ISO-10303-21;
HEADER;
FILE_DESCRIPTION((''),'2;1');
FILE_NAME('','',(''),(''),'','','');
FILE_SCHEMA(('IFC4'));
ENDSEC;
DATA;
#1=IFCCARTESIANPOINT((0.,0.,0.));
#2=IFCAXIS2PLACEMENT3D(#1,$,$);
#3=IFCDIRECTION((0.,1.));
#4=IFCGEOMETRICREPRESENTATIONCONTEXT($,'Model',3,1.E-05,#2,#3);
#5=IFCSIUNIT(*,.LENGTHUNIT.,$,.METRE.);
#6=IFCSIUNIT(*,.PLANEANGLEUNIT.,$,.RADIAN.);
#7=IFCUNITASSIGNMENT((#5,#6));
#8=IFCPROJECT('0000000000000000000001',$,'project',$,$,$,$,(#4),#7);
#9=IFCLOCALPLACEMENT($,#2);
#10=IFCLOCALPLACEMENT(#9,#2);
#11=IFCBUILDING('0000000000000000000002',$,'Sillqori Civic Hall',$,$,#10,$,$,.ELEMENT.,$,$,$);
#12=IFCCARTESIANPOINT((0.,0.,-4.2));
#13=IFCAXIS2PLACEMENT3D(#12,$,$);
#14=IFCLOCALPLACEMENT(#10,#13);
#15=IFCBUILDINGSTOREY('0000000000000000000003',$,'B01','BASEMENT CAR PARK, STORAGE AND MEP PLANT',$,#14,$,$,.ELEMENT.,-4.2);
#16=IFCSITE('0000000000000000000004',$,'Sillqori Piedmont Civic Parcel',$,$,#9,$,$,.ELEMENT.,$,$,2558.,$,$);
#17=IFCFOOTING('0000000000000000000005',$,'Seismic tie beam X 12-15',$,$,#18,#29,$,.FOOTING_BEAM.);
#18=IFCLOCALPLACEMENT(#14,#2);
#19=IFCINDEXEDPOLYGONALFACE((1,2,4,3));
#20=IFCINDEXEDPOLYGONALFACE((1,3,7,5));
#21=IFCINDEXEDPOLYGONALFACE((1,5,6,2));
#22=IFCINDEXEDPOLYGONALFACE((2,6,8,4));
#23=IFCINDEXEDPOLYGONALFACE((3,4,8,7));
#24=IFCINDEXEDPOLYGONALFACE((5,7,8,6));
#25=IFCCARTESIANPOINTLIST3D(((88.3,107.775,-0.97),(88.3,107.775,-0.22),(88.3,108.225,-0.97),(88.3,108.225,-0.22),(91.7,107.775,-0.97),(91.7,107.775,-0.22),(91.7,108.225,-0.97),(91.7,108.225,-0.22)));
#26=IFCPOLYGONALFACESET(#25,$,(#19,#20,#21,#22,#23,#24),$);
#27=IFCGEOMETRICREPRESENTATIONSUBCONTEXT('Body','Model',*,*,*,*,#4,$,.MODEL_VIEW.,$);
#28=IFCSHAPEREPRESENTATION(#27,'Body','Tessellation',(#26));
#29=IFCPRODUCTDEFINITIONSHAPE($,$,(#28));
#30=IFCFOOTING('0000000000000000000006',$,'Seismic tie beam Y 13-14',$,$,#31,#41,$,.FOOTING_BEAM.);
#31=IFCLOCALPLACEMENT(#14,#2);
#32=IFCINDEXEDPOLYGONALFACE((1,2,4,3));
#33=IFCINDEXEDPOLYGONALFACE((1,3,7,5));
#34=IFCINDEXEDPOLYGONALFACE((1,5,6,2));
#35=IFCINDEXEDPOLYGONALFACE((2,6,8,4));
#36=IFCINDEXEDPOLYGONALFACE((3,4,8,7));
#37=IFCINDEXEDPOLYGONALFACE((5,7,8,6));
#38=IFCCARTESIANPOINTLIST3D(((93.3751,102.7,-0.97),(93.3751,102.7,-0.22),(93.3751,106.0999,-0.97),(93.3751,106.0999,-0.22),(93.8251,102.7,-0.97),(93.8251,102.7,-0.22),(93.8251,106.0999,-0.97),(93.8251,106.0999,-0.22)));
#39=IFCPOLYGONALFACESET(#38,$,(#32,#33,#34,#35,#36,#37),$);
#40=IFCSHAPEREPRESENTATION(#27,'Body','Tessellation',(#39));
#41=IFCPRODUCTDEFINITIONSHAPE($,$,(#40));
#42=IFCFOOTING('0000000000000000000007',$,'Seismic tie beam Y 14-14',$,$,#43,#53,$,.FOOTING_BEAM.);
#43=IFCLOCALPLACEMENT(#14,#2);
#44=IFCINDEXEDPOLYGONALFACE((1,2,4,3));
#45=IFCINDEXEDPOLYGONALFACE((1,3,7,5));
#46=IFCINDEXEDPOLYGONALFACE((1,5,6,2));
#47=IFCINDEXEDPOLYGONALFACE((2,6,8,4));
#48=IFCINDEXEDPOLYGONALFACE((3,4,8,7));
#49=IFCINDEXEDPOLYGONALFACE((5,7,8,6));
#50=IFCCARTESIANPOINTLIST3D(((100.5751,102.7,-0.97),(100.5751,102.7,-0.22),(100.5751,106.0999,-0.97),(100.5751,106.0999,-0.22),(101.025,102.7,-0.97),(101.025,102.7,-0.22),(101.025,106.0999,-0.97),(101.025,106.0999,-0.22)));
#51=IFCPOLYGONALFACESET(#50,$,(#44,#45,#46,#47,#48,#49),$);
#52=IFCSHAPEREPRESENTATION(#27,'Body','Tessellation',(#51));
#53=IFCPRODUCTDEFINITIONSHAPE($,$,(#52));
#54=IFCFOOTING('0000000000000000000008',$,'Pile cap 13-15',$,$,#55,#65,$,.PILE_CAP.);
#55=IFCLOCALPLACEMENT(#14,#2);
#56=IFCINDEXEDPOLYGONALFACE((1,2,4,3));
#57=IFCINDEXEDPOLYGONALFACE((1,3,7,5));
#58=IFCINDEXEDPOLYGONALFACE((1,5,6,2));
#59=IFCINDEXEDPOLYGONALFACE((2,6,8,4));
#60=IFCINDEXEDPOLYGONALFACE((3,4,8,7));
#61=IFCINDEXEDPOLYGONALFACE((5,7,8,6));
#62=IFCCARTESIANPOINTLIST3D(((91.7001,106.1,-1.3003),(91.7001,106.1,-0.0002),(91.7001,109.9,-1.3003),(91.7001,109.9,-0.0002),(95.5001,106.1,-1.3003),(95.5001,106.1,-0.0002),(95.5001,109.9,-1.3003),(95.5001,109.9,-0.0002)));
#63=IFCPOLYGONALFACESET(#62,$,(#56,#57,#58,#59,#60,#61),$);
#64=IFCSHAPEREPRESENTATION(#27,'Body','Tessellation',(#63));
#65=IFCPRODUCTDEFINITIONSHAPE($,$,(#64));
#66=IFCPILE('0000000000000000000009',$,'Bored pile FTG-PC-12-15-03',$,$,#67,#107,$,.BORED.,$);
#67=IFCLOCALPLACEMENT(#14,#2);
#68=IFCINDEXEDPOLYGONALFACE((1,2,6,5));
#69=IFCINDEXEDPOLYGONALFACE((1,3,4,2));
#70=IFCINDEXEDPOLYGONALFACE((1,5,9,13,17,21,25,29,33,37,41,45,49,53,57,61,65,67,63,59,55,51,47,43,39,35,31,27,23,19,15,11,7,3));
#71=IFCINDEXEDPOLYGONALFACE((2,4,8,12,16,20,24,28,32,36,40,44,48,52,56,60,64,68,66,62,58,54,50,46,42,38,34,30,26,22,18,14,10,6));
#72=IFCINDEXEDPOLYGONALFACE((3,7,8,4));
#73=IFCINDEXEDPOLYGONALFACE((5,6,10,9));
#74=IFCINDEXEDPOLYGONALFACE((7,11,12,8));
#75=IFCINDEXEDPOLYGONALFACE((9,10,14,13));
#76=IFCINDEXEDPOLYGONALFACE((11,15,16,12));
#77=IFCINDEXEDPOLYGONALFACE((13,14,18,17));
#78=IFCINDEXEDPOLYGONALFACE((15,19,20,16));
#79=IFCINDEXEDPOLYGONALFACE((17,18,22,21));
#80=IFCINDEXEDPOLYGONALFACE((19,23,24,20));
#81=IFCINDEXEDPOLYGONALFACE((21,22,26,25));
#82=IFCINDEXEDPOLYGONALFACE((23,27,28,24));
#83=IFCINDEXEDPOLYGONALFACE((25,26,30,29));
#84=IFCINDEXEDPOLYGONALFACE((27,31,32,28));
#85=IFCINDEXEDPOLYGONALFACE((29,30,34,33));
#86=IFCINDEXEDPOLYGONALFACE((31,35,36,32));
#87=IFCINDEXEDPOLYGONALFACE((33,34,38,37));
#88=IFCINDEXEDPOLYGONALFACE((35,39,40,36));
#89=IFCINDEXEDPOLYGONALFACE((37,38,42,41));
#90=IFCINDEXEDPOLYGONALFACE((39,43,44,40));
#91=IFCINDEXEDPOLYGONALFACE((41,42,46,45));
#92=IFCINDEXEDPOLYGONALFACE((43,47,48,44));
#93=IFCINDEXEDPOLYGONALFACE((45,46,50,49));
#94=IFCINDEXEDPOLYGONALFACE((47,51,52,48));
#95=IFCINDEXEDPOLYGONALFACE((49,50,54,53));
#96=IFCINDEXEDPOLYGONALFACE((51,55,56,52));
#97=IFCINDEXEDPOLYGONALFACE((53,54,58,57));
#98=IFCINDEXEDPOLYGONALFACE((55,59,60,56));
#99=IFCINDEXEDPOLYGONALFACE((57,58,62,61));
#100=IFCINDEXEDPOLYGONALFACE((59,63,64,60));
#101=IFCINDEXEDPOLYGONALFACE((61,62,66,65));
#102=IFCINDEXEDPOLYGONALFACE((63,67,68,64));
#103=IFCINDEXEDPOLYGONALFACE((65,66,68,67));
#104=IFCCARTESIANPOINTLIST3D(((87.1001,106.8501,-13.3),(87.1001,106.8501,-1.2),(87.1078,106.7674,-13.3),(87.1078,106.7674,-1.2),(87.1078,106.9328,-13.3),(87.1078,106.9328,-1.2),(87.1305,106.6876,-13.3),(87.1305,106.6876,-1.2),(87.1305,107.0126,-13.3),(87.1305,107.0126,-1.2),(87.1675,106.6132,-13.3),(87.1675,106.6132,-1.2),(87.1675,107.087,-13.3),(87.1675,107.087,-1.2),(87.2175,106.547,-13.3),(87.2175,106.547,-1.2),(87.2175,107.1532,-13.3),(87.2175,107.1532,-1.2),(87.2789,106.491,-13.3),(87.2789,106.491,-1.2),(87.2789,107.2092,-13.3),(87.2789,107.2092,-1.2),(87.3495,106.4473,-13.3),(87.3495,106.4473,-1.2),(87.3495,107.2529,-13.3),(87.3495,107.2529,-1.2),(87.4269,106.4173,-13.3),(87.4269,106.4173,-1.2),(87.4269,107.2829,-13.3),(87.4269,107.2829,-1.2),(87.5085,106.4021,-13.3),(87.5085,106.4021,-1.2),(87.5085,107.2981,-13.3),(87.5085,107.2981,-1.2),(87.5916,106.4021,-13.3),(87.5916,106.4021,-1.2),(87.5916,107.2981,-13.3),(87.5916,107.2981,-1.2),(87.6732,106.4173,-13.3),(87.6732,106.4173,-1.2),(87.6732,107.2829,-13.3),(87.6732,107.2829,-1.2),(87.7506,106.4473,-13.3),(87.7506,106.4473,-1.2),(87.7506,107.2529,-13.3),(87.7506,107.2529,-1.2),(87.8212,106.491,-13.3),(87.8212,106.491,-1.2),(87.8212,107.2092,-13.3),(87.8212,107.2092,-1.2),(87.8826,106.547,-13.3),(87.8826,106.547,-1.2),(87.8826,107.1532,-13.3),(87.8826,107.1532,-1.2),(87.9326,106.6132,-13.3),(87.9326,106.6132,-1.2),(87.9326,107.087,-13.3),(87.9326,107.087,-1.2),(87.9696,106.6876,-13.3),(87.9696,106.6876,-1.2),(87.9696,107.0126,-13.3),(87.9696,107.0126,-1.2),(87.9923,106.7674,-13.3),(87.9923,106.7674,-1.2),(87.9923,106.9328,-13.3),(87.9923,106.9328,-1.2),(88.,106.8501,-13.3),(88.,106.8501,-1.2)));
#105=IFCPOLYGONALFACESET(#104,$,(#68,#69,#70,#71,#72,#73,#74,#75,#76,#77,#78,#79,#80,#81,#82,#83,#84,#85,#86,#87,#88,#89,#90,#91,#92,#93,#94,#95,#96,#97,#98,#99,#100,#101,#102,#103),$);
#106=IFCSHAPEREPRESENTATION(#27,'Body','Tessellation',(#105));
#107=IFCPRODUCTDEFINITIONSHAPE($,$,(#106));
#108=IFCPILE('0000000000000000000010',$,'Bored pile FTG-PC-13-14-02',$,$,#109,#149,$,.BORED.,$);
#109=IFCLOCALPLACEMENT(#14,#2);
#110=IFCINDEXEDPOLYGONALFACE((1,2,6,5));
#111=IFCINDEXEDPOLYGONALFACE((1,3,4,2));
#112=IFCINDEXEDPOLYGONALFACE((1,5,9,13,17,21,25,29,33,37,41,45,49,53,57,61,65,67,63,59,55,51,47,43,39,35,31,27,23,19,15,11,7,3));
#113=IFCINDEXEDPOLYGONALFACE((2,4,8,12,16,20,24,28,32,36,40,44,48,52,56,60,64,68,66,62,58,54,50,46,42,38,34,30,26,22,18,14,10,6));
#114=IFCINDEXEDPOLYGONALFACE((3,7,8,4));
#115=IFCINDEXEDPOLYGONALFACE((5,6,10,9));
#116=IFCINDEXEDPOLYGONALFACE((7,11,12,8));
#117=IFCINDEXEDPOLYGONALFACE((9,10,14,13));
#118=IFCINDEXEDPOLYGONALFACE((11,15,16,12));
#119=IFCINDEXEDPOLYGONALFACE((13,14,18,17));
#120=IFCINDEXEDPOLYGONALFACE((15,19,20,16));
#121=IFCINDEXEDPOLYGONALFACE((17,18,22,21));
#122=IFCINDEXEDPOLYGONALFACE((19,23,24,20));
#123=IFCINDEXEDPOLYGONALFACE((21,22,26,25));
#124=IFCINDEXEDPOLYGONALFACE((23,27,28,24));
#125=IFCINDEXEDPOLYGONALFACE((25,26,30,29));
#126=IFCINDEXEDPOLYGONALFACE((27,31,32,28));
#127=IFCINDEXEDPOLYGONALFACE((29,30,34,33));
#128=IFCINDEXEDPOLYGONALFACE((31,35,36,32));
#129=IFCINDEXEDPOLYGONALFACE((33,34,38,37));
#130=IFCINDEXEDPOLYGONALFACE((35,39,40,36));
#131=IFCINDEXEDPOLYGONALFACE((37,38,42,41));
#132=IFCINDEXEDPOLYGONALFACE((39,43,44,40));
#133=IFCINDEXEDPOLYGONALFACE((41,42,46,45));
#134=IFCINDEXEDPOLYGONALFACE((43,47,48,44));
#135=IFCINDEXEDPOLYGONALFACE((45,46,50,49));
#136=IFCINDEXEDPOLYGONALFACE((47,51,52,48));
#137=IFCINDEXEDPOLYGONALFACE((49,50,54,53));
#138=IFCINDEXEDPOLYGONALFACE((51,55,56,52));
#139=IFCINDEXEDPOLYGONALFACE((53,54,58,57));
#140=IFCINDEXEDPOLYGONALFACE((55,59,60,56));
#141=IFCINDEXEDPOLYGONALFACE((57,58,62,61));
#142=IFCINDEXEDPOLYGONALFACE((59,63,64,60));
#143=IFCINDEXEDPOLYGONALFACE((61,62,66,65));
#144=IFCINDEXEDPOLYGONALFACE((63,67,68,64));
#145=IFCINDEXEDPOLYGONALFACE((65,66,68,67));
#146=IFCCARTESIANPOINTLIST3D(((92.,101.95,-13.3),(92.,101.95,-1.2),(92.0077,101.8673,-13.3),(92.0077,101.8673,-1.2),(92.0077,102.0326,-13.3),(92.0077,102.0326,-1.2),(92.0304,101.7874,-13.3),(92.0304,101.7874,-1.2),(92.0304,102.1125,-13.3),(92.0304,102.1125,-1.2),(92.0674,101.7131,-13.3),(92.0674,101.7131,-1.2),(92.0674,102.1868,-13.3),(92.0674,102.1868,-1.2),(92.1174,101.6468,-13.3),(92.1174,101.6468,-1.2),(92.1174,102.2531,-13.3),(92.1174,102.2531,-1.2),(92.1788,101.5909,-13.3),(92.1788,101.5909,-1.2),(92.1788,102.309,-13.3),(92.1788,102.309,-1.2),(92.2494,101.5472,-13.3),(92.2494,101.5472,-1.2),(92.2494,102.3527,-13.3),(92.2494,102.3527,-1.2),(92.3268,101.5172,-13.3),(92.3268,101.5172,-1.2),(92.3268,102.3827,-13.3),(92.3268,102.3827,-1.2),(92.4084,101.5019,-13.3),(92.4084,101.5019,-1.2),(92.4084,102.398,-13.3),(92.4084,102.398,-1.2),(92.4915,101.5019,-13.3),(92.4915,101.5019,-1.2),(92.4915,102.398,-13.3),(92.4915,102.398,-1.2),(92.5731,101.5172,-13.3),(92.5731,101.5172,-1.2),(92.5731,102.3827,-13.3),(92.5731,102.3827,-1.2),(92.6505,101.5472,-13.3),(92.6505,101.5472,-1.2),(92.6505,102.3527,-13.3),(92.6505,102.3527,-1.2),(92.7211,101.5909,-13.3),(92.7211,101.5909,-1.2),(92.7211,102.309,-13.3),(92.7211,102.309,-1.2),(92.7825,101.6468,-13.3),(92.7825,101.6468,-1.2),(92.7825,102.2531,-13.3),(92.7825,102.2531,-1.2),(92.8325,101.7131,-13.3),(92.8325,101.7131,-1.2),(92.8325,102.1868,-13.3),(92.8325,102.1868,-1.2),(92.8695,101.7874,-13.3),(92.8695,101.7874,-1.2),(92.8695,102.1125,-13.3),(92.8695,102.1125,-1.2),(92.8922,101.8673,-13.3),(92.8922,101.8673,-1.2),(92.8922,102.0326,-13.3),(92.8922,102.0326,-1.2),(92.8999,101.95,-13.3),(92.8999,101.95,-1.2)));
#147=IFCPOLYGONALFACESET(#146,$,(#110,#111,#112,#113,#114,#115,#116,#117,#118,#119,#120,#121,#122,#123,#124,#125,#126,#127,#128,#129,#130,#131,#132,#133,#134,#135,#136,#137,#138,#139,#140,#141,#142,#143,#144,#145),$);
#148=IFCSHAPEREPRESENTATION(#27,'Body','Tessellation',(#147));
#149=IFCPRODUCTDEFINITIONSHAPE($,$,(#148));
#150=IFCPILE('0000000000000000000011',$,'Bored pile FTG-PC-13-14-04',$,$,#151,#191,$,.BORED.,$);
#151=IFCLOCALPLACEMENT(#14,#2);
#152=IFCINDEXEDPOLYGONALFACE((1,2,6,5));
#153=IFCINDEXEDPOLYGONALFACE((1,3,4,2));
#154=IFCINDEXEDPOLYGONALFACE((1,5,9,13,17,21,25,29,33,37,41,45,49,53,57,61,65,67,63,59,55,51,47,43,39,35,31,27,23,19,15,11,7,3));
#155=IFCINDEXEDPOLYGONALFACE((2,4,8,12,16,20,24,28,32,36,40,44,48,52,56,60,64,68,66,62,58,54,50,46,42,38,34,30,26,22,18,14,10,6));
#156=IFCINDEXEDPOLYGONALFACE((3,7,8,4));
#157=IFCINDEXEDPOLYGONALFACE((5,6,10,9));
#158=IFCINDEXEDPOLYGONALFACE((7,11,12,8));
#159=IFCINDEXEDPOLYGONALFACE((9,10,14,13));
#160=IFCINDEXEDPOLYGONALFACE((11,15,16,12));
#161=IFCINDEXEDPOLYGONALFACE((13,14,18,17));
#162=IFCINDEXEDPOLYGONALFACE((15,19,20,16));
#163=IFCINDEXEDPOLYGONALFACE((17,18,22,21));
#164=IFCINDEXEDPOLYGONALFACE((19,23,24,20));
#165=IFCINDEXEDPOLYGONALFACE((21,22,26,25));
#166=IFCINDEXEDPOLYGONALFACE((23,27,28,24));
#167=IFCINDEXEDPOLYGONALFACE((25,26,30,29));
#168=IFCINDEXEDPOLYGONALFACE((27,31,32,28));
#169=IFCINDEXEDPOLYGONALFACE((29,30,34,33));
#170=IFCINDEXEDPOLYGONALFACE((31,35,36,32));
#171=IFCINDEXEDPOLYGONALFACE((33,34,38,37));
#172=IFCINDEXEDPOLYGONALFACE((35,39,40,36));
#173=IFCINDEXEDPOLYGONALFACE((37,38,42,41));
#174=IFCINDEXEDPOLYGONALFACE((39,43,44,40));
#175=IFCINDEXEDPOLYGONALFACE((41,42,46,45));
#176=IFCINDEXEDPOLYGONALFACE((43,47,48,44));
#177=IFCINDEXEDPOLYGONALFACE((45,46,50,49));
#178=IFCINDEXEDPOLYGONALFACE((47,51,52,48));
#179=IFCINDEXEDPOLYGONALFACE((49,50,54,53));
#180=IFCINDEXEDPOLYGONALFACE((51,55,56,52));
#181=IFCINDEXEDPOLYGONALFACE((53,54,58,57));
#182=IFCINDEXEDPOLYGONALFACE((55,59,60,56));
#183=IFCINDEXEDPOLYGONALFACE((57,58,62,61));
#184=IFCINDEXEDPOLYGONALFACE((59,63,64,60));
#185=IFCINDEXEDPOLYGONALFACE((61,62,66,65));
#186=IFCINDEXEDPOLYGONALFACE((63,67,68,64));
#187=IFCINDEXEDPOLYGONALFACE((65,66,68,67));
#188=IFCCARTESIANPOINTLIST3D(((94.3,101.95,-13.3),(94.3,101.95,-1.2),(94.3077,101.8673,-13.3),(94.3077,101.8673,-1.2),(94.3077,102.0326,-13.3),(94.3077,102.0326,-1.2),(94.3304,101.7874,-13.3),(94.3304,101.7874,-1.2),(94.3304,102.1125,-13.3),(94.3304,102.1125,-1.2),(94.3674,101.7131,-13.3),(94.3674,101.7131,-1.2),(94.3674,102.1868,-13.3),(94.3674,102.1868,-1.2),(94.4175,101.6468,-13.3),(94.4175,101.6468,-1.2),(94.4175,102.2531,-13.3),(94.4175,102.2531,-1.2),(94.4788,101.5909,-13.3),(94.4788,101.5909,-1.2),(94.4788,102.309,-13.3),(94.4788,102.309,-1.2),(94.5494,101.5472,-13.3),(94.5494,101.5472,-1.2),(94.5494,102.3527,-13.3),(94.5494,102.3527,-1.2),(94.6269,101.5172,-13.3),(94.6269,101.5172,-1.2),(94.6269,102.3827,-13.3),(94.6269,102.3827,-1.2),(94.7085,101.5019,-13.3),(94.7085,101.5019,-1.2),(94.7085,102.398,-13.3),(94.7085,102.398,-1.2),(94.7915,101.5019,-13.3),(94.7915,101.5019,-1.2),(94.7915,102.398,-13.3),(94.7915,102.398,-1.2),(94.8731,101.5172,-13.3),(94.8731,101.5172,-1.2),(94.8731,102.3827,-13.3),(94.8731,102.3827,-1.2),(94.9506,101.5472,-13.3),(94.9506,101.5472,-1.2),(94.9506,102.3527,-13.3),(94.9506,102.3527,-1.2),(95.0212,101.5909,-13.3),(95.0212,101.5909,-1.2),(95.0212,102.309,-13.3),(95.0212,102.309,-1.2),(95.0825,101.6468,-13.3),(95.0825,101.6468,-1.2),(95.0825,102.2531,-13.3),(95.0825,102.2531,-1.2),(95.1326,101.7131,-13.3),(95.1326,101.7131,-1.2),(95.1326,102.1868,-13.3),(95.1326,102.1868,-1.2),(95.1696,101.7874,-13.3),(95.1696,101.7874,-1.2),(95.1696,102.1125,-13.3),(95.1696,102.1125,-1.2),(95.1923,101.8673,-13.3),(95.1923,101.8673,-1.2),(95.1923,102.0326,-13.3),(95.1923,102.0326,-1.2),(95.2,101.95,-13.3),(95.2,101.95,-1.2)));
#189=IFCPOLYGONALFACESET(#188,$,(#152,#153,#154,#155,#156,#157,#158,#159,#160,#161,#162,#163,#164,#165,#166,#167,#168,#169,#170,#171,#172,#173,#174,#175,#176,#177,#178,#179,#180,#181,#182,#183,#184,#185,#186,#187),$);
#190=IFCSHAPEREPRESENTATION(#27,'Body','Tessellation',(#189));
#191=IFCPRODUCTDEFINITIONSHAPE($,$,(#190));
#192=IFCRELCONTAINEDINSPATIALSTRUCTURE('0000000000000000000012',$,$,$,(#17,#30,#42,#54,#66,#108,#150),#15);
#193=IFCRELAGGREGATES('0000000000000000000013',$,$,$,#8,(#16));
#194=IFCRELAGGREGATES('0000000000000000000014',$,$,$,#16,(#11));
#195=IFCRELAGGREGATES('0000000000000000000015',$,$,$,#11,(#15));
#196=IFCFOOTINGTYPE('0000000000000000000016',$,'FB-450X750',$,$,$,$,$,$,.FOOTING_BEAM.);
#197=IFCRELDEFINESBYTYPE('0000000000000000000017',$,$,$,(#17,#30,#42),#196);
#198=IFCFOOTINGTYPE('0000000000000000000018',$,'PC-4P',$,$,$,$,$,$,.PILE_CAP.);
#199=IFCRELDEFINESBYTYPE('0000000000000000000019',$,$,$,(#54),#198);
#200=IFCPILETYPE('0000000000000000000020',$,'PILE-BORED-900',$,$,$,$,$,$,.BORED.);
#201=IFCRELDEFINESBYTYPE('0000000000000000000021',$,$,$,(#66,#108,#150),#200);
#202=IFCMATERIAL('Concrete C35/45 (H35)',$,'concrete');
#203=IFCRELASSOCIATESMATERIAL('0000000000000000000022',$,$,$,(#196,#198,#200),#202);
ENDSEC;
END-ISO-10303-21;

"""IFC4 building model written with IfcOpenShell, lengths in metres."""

from ifc_helpers import new_model, si_unit, direction, frame, origin, origin_2d, place, context, subcontext, project, spatial, rectangle, circle, extrude, material, material_profile, profile_set, type_object, element, save


model = new_model("IFC4")

# Units and contexts
model_context = context("Model", 3, precision=1e-05, world=origin(), true_north=direction((0.0, 1.0)))
body_context = subcontext(model_context, "Body", "Model", "MODEL_VIEW")
ifc_project = project(units=[si_unit("LENGTHUNIT", "METRE"), si_unit("PLANEANGLEUNIT", "RADIAN")], contexts=[model_context])

# Site, building, storey
site_placement = place(None, origin())
site = spatial("IfcSite", under=ifc_project, at=site_placement, Name="Sillqori Piedmont Civic Parcel", CompositionType="ELEMENT", RefElevation=2558.0)
building_placement = place(site_placement, origin())
building = spatial("IfcBuilding", under=site, at=building_placement, Name="Sillqori Civic Hall", CompositionType="ELEMENT")
storey_placement = place(building_placement, frame((0.0, 0.0, -4.2)))
storey = spatial("IfcBuildingStorey", under=building, at=storey_placement, Name="B01", Description="BASEMENT CAR PARK, STORAGE AND MEP PLANT", CompositionType="ELEMENT", Elevation=-4.2)

# Footings
ifc_material_1 = material(Name="Concrete C35/45 (H35)", Category="concrete")
footing_type_1 = type_object("IfcFootingType", Name="FB-450X750", PredefinedType="FOOTING_BEAM", material=ifc_material_1)
footing_1_placement = place(storey_placement, frame((90.0, 108.0, -0.97), z_axis=(0.0, 0.0, 1.0), x_axis=(1.0, 0.0, 0.0)))
element("IfcFooting", 1, at=footing_1_placement, inside=storey, type_object=footing_type_1, Name="Seismic tie beam X 12-15", PredefinedType="FOOTING_BEAM", context=body_context, shape_type="SweptSolid", body=[
    extrude(rectangle(XDim=3.3999, YDim=0.45, at=origin_2d()), origin(), (0.0, 0.0, 1.0), 0.75),
])
for number, where, z_axis, x_axis, name in (
    (2, (93.6001, 104.3999, -0.97), (0.0, 0.0, 1.0), (1.0, 0.0, 0.0), "Seismic tie beam Y 13-14"),
    (3, (100.8, 104.3999, -0.97), (0.0, 0.0, 1.0), (1.0, 0.0, 0.0), "Seismic tie beam Y 14-14"),
):
    element("IfcFooting", number, at=place(storey_placement, frame(where, z_axis=z_axis, x_axis=x_axis)), inside=storey, type_object=footing_type_1, Name=name, PredefinedType="FOOTING_BEAM", context=body_context, shape_type="SweptSolid", body=[
        extrude(rectangle(XDim=0.45, YDim=3.3999, at=origin_2d()), origin(), (0.0, 0.0, 1.0), 0.75),
    ])
footing_type_2 = type_object("IfcFootingType", Name="PC-4P", PredefinedType="PILE_CAP", material=ifc_material_1)
footing_2_placement = place(storey_placement, frame((93.6001, 108.0, -1.3003), z_axis=(0.0, 0.0, 1.0), x_axis=(1.0, 0.0, 0.0)))
element("IfcFooting", 4, at=footing_2_placement, inside=storey, type_object=footing_type_2, Name="Pile cap 13-15", PredefinedType="PILE_CAP", context=body_context, shape_type="SweptSolid", body=[
    extrude(rectangle(XDim=3.8, YDim=3.8, at=origin_2d()), origin(), (0.0, 0.0, 1.0), 1.3),
])

# Piles
ifc_material_profile_1 = material_profile(ifc_material_1, circle(Radius=0.45, at=origin_2d()), Name="BORED PILE 900")
ifc_profile_set_1 = profile_set([ifc_material_profile_1], Name="Concrete C35/45 (H35)")
pile_type = type_object("IfcPileType", Name="PILE-BORED-900", PredefinedType="BORED", material=ifc_profile_set_1)
for number, where, z_axis, x_axis, name in (
    (5, (87.55, 106.8501, -1.2), (0.0, 0.0, -1.0), (1.0, 0.0, 0.0), "Bored pile FTG-PC-12-15-03"),
    (6, (92.45, 101.95, -1.2), (0.0, 0.0, -1.0), (1.0, 0.0, 0.0), "Bored pile FTG-PC-13-14-02"),
    (7, (94.75, 101.95, -1.2), (0.0, 0.0, -1.0), (1.0, 0.0, 0.0), "Bored pile FTG-PC-13-14-04"),
):
    element("IfcPile", number, at=place(storey_placement, frame(where, z_axis=z_axis, x_axis=x_axis)), inside=storey, type_object=pile_type, Name=name, PredefinedType="BORED", context=body_context, shape_type="SweptSolid", body=[
        extrude(circle(Radius=0.45, at=origin_2d()), origin(), (0.0, 0.0, 1.0), 12.1001),
    ])

save(model, "model.ifc")
